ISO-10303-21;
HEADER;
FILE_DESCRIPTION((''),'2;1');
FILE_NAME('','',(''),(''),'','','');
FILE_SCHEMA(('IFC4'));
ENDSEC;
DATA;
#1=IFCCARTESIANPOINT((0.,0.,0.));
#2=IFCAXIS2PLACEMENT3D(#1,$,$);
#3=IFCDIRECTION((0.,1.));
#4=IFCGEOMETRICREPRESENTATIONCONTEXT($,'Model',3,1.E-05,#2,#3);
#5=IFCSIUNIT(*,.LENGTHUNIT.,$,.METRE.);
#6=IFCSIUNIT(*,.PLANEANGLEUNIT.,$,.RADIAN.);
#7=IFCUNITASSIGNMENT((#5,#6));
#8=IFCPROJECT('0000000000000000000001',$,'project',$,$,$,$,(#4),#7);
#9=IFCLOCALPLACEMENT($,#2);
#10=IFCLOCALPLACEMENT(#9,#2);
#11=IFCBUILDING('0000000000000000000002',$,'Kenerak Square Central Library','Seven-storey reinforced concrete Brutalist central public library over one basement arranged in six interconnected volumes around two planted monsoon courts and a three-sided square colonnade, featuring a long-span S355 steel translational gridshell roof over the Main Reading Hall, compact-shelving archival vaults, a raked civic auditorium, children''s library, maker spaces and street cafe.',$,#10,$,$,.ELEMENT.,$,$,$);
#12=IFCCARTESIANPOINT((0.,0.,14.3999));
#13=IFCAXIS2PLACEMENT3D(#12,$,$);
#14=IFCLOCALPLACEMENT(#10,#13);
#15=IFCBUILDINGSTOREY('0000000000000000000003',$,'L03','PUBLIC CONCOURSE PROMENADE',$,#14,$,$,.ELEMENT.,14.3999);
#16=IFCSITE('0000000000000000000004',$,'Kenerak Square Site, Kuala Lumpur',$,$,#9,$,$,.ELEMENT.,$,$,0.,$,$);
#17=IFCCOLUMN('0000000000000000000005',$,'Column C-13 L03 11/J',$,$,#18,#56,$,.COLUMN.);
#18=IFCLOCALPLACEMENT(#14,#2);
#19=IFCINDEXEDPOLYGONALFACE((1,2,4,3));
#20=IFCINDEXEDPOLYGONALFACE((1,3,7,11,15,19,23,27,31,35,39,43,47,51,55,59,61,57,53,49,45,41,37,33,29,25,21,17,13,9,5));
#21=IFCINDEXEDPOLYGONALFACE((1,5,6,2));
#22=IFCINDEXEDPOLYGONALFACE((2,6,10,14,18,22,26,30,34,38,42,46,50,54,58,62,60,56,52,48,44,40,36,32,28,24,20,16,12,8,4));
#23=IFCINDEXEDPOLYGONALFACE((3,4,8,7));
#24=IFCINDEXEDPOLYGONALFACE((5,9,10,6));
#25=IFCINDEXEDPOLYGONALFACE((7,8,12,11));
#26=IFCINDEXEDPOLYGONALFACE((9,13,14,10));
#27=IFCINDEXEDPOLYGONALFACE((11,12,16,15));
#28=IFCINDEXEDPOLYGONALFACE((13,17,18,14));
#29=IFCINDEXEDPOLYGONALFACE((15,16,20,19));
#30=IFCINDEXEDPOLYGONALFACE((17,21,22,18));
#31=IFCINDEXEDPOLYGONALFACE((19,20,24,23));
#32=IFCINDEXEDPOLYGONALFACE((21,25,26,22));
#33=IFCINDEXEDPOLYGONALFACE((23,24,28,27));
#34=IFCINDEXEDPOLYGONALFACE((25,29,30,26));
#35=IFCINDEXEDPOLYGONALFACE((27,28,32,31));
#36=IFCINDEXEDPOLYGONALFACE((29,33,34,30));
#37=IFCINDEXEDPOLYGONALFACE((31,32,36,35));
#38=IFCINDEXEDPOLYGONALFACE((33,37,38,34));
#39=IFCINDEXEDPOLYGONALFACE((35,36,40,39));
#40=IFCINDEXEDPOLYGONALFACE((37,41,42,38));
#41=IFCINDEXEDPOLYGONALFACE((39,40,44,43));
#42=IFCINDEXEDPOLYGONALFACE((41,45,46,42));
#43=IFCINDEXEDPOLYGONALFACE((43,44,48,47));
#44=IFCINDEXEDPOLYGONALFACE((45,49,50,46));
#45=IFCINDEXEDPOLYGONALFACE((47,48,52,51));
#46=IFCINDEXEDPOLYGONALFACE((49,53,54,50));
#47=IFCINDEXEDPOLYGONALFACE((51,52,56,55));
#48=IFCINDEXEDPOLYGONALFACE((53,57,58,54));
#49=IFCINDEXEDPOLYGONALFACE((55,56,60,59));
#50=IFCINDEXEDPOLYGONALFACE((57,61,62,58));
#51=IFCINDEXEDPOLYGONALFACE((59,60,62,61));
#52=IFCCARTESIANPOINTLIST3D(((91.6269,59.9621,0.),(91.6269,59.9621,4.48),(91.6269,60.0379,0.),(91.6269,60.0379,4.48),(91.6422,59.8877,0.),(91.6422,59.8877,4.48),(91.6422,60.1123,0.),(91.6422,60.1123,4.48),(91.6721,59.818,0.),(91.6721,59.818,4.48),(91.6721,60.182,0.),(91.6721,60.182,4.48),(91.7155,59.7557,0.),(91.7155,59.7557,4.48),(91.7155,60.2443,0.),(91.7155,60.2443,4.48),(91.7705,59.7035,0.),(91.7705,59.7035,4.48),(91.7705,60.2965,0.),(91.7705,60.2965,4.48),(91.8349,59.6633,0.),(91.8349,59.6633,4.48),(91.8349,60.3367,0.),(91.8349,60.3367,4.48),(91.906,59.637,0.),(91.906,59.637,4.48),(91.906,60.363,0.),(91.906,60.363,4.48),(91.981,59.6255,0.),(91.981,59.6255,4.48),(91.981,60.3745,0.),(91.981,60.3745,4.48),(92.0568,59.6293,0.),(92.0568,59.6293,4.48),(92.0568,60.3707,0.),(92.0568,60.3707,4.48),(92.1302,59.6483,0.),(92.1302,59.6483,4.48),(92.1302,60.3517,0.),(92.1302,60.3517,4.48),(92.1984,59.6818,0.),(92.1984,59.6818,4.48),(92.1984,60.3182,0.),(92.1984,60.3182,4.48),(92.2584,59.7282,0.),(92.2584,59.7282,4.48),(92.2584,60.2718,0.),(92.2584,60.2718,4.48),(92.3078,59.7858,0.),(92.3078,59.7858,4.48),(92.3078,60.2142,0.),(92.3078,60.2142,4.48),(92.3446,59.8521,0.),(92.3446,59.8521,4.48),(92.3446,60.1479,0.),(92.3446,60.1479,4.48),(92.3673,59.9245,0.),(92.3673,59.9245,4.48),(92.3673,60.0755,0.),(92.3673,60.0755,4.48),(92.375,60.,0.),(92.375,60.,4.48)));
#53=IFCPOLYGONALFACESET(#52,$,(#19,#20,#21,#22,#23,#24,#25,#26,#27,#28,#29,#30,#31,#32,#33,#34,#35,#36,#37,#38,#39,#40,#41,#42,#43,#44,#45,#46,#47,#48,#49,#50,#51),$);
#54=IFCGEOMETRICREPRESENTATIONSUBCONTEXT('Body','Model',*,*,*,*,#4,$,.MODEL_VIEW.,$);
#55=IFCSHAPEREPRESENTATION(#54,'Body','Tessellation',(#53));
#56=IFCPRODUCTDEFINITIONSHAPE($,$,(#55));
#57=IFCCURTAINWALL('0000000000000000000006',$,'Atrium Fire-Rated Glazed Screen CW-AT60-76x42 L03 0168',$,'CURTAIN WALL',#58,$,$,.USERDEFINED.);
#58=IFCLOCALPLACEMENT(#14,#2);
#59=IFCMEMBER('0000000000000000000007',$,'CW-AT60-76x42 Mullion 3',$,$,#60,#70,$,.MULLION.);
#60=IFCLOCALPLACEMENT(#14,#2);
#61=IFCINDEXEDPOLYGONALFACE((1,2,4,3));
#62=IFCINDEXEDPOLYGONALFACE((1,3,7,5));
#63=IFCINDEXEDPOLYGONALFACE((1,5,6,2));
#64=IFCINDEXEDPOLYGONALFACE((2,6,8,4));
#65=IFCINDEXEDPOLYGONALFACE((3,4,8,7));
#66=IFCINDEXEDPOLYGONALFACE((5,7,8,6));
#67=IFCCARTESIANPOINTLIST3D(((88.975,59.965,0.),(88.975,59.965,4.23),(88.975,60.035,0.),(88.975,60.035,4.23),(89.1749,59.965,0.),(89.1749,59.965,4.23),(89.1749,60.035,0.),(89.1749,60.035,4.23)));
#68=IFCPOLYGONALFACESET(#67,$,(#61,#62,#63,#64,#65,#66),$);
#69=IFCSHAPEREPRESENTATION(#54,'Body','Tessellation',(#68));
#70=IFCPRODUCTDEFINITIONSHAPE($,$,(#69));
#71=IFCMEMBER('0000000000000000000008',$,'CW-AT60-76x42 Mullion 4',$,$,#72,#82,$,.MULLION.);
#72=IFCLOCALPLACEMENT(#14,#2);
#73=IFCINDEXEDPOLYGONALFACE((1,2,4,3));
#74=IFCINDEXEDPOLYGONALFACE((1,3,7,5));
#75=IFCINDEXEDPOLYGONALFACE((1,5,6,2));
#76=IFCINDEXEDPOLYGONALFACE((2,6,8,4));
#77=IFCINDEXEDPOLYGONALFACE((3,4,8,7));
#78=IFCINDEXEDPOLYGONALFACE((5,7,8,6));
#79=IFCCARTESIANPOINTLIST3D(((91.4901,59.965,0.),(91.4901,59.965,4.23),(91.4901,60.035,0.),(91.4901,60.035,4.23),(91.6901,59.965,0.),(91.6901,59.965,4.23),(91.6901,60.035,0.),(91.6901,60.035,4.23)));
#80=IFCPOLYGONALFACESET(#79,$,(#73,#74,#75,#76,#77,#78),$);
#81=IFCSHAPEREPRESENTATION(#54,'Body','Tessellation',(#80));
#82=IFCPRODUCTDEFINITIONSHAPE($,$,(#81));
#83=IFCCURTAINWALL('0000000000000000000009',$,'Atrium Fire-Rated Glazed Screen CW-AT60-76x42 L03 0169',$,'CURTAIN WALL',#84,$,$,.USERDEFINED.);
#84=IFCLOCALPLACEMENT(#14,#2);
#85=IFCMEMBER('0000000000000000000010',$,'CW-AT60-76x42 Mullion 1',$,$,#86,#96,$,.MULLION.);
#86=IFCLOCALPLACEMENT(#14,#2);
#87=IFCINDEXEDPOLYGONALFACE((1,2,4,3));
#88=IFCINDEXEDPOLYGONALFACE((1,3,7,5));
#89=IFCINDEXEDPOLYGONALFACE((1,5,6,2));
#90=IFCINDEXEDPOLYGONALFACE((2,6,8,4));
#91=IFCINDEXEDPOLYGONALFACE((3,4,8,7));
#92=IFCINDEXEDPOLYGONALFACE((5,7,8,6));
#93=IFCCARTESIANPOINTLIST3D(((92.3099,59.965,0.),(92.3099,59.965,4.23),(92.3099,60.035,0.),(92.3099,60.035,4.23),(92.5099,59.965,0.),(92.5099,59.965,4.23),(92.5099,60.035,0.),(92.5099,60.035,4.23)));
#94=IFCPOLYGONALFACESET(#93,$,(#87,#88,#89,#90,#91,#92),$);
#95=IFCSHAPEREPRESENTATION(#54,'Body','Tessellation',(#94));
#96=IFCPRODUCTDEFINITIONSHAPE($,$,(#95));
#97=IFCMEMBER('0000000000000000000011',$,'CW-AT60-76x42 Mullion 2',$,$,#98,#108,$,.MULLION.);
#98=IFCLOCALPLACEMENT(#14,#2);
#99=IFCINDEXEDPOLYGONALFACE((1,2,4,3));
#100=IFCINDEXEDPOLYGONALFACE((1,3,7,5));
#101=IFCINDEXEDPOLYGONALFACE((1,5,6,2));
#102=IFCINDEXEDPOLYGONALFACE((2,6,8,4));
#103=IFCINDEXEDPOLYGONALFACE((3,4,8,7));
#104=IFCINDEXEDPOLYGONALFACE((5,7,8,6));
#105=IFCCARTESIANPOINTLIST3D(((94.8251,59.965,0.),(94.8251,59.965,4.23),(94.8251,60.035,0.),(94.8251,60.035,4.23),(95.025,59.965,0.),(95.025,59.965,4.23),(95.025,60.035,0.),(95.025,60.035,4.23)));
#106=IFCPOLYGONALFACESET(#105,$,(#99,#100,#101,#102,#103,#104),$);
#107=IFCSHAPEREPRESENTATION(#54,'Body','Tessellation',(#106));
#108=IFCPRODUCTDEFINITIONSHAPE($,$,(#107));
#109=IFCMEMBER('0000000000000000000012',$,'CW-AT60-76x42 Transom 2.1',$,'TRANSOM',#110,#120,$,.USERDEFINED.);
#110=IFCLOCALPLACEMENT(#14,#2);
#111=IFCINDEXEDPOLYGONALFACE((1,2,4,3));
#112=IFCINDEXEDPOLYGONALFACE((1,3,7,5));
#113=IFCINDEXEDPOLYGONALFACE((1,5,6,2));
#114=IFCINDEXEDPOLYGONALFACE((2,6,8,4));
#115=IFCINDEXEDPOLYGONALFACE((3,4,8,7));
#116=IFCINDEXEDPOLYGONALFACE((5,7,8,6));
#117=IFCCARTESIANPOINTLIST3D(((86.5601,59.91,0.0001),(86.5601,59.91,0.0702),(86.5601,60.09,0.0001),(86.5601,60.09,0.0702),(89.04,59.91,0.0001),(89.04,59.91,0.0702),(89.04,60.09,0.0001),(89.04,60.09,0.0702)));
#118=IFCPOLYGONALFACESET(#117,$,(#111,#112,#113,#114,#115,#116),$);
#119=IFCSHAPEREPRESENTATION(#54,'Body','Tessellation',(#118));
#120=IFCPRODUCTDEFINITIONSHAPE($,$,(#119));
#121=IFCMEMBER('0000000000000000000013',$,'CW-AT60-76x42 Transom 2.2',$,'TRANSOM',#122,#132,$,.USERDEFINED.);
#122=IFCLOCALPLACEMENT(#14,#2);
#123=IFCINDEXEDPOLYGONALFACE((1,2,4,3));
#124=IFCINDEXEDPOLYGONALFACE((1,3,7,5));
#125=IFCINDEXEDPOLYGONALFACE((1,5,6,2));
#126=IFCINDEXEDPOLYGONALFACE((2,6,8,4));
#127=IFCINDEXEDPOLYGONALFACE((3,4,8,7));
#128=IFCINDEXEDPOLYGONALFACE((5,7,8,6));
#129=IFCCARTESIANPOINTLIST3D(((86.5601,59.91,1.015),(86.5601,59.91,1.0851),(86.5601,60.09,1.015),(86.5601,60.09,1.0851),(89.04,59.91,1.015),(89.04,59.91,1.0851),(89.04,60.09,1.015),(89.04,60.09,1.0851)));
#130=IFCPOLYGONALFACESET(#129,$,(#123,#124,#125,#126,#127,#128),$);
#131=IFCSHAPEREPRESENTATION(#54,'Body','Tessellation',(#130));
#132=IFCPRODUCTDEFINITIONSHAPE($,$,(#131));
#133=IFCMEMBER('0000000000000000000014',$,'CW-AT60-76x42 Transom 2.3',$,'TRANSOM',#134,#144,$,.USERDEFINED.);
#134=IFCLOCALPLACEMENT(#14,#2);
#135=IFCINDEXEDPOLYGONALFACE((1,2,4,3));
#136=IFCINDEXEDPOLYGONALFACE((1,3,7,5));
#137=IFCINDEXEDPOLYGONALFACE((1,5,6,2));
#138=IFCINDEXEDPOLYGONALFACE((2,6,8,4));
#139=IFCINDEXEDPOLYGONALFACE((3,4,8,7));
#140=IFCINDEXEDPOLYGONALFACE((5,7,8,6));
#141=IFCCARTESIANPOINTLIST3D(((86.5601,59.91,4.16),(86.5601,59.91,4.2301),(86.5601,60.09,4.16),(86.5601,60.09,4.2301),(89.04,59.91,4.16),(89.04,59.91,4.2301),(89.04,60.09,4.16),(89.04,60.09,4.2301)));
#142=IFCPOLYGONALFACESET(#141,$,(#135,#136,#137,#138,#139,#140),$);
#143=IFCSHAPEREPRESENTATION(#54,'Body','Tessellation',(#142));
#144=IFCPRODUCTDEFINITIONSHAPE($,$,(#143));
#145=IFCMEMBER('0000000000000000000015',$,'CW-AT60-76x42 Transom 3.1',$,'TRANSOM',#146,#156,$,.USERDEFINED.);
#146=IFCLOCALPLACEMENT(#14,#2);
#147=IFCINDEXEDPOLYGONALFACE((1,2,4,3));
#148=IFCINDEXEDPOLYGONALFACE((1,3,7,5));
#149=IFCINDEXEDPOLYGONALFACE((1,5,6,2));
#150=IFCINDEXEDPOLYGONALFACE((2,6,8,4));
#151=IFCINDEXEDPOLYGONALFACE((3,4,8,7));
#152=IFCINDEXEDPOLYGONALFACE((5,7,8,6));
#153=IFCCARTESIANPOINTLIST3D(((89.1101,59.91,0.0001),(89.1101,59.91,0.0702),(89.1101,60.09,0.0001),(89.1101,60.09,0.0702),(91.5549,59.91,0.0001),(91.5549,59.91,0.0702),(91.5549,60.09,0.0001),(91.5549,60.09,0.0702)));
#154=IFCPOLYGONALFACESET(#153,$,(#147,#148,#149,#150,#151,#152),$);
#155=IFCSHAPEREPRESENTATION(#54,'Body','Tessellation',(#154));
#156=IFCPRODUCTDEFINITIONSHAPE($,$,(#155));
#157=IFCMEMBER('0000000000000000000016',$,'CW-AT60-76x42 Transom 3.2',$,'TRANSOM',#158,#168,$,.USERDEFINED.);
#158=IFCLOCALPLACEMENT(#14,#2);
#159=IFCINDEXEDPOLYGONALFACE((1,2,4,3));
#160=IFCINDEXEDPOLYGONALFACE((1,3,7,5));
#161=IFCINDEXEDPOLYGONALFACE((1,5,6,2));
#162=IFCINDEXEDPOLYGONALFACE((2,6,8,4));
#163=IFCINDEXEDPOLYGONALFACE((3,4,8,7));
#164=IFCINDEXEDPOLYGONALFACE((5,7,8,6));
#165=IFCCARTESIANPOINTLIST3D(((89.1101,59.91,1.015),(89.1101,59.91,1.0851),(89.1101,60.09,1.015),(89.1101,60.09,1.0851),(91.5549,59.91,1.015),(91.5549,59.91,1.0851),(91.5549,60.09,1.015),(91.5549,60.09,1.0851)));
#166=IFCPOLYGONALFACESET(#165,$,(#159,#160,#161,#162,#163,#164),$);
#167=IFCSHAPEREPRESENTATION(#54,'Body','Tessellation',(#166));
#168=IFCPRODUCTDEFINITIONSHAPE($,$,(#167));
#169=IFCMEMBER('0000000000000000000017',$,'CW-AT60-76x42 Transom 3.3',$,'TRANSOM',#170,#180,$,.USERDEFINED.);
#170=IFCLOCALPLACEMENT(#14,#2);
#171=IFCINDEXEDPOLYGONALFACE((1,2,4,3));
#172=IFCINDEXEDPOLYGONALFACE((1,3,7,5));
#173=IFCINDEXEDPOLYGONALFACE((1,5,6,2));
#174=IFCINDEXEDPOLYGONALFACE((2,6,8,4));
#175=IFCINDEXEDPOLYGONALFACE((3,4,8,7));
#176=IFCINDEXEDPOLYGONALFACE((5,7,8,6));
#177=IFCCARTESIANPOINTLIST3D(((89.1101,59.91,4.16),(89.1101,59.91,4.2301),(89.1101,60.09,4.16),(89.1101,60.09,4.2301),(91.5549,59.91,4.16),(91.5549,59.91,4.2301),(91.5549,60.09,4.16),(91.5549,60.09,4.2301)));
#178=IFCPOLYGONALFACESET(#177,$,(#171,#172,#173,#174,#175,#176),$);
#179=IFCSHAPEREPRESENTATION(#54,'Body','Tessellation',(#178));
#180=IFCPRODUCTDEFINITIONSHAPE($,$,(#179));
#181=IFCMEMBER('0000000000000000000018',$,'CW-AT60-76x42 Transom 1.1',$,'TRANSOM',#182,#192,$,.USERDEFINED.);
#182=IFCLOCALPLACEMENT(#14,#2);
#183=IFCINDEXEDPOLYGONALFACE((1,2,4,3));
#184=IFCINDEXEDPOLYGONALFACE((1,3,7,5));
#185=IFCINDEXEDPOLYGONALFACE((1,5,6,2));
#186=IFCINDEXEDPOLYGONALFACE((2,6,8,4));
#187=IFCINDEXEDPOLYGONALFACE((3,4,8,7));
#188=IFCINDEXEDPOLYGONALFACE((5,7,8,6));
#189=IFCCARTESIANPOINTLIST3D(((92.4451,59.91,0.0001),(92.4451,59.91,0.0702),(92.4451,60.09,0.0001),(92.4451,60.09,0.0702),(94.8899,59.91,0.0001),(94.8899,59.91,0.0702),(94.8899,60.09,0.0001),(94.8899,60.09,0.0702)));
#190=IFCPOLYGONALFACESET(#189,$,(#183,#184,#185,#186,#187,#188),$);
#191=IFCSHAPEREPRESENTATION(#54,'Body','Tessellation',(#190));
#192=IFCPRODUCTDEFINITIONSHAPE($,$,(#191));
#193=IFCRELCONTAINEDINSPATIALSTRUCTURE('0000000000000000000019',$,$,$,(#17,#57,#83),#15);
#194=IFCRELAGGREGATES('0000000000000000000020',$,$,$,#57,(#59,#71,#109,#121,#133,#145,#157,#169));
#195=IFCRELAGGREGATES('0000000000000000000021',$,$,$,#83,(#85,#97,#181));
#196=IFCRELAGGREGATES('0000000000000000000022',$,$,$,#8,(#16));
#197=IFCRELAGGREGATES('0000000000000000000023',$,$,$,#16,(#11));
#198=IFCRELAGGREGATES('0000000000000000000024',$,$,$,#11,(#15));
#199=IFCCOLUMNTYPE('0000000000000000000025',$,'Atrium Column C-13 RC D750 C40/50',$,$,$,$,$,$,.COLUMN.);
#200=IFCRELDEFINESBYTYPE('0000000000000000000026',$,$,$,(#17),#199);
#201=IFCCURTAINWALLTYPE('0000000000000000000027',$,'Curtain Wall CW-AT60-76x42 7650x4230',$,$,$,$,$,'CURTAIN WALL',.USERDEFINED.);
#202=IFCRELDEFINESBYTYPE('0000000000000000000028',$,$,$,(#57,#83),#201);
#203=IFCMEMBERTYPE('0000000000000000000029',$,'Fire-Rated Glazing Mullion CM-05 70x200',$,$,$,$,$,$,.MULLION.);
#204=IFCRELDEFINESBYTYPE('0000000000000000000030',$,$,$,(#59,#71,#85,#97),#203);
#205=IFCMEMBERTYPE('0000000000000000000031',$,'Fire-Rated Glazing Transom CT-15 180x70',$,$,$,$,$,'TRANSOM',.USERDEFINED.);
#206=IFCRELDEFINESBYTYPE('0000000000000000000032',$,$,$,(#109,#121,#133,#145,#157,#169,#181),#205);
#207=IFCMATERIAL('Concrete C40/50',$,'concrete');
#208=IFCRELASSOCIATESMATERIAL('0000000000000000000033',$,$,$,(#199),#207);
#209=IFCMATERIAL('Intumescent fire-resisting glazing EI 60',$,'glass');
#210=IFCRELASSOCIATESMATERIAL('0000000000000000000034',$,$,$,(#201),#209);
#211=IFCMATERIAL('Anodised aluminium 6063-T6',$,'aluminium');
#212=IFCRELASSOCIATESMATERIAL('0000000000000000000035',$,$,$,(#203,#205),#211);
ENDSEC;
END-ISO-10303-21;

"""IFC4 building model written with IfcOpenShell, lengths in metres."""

from ifc_helpers import new_model, si_unit, direction, frame, origin, origin_2d, place, context, subcontext, project, spatial, rectangle, circle, extrude, material, material_profile, profile_set, type_object, element, aggregate, save


model = new_model("IFC4")

# Units and contexts
model_context = context("Model", 3, precision=1e-05, world=origin(), true_north=direction((0.0, 1.0)))
body_context = subcontext(model_context, "Body", "Model", "MODEL_VIEW")
ifc_project = project(units=[si_unit("LENGTHUNIT", "METRE"), si_unit("PLANEANGLEUNIT", "RADIAN")], contexts=[model_context])

# Site, building, storey
site_placement = place(None, origin())
site = spatial("IfcSite", under=ifc_project, at=site_placement, Name="Kenerak Square Site, Kuala Lumpur", CompositionType="ELEMENT", RefElevation=0.0)
building_placement = place(site_placement, origin())
building = spatial("IfcBuilding", under=site, at=building_placement, Name="Kenerak Square Central Library", Description="Seven-storey reinforced concrete Brutalist central public library over one basement arranged in six interconnected volumes around two planted monsoon courts and a three-sided square colonnade, featuring a long-span S355 steel translational gridshell roof over the Main Reading Hall, compact-shelving archival vaults, a raked civic auditorium, children's library, maker spaces and street cafe.", CompositionType="ELEMENT")
storey_placement = place(building_placement, frame((0.0, 0.0, 14.3999)))
storey = spatial("IfcBuildingStorey", under=building, at=storey_placement, Name="L03", Description="PUBLIC CONCOURSE PROMENADE", CompositionType="ELEMENT", Elevation=14.3999)

# Column
ifc_material_1 = material(Name="Concrete C40/50", Category="concrete")
ifc_material_profile_1 = material_profile(ifc_material_1, circle(Radius=0.375, at=origin_2d()), Name="RC D750")
ifc_profile_set_1 = profile_set([ifc_material_profile_1], Name="Concrete C40/50")
column_type = type_object("IfcColumnType", Name="Atrium Column C-13 RC D750 C40/50", PredefinedType="COLUMN", material=ifc_profile_set_1)
column_placement = place(storey_placement, frame((92.0, 60.0, 0.0), z_axis=(0.0, 0.0, 1.0), x_axis=(1.0, 0.0, 0.0)))
element("IfcColumn", 1, at=column_placement, inside=storey, type_object=column_type, Name="Column C-13 L03 11/J", PredefinedType="COLUMN", context=body_context, shape_type="SweptSolid", body=[
    extrude(circle(Radius=0.375, at=origin_2d()), origin(), (0.0, 0.0, 1.0), 4.48),
])

# Curtain walls, members
ifc_material_2 = material(Name="Intumescent fire-resisting glazing EI 60", Category="glass")
curtain_wall_type = type_object("IfcCurtainWallType", Name="Curtain Wall CW-AT60-76x42 7650x4230", ElementType="CURTAIN WALL", PredefinedType="USERDEFINED", material=ifc_material_2)
curtain_wall_1_placement = place(storey_placement, origin())
curtain_wall_1 = element("IfcCurtainWall", 2, at=curtain_wall_1_placement, inside=storey, type_object=curtain_wall_type, Name="Atrium Fire-Rated Glazed Screen CW-AT60-76x42 L03 0168", ObjectType="CURTAIN WALL", PredefinedType="USERDEFINED")
ifc_material_3 = material(Name="Anodised aluminium 6063-T6", Category="aluminium")
ifc_material_profile_2 = material_profile(ifc_material_3, rectangle(XDim=0.0701, YDim=0.2, at=origin_2d()), Name="AL MULLION 70x200")
ifc_profile_set_2 = profile_set([ifc_material_profile_2], Name="Anodised aluminium 6063-T6")
member_type_1 = type_object("IfcMemberType", Name="Fire-Rated Glazing Mullion CM-05 70x200", PredefinedType="MULLION", material=ifc_profile_set_2)
member_1_placement = place(storey_placement, frame((89.075, 60.0, 0.0), z_axis=(0.0, 0.0, 1.0), x_axis=(0.0, 1.0, 0.0)))
member_1 = element("IfcMember", 3, at=member_1_placement, type_object=member_type_1, Name="CW-AT60-76x42 Mullion 3", PredefinedType="MULLION", context=body_context, shape_type="SweptSolid", body=[
    extrude(rectangle(XDim=0.0701, YDim=0.2, at=origin_2d()), origin(), (0.0, 0.0, 1.0), 4.23),
])
member_2_placement = place(storey_placement, frame((91.5901, 60.0, 0.0), z_axis=(0.0, 0.0, 1.0), x_axis=(0.0, 1.0, 0.0)))
member_2 = element("IfcMember", 4, at=member_2_placement, type_object=member_type_1, Name="CW-AT60-76x42 Mullion 4", PredefinedType="MULLION", context=body_context, shape_type="SweptSolid", body=[
    extrude(rectangle(XDim=0.0701, YDim=0.2, at=origin_2d()), origin(), (0.0, 0.0, 1.0), 4.23),
])
curtain_wall_2_placement = place(storey_placement, origin())
curtain_wall_2 = element("IfcCurtainWall", 5, at=curtain_wall_2_placement, inside=storey, type_object=curtain_wall_type, Name="Atrium Fire-Rated Glazed Screen CW-AT60-76x42 L03 0169", ObjectType="CURTAIN WALL", PredefinedType="USERDEFINED")
member_3_placement = place(storey_placement, frame((92.4099, 60.0, 0.0), z_axis=(0.0, 0.0, 1.0), x_axis=(0.0, 1.0, 0.0)))
member_3 = element("IfcMember", 6, at=member_3_placement, type_object=member_type_1, Name="CW-AT60-76x42 Mullion 1", PredefinedType="MULLION", context=body_context, shape_type="SweptSolid", body=[
    extrude(rectangle(XDim=0.0701, YDim=0.2, at=origin_2d()), origin(), (0.0, 0.0, 1.0), 4.23),
])
member_4_placement = place(storey_placement, frame((94.925, 60.0, 0.0), z_axis=(0.0, 0.0, 1.0), x_axis=(0.0, 1.0, 0.0)))
member_4 = element("IfcMember", 7, at=member_4_placement, type_object=member_type_1, Name="CW-AT60-76x42 Mullion 2", PredefinedType="MULLION", context=body_context, shape_type="SweptSolid", body=[
    extrude(rectangle(XDim=0.0701, YDim=0.2, at=origin_2d()), origin(), (0.0, 0.0, 1.0), 4.23),
])

# Members
ifc_material_profile_3 = material_profile(ifc_material_3, rectangle(XDim=0.1799, YDim=0.0701, at=origin_2d()), Name="AL TRANSOM 180x70")
ifc_profile_set_3 = profile_set([ifc_material_profile_3], Name="Anodised aluminium 6063-T6")
member_type_2 = type_object("IfcMemberType", Name="Fire-Rated Glazing Transom CT-15 180x70", ElementType="TRANSOM", PredefinedType="USERDEFINED", material=ifc_profile_set_3)
member_5_placement = place(storey_placement, frame((86.5601, 60.0, 0.0352), z_axis=(1.0, 0.0, 0.0), x_axis=(0.0, 1.0, 0.0)))
member_5 = element("IfcMember", 8, at=member_5_placement, type_object=member_type_2, Name="CW-AT60-76x42 Transom 2.1", ObjectType="TRANSOM", PredefinedType="USERDEFINED", context=body_context, shape_type="SweptSolid", body=[
    extrude(rectangle(XDim=0.1799, YDim=0.0701, at=origin_2d()), origin(), (0.0, 0.0, 1.0), 2.48),
])
member_6_placement = place(storey_placement, frame((86.5601, 60.0, 1.05), z_axis=(1.0, 0.0, 0.0), x_axis=(0.0, 1.0, 0.0)))
member_6 = element("IfcMember", 9, at=member_6_placement, type_object=member_type_2, Name="CW-AT60-76x42 Transom 2.2", ObjectType="TRANSOM", PredefinedType="USERDEFINED", context=body_context, shape_type="SweptSolid", body=[
    extrude(rectangle(XDim=0.1799, YDim=0.0701, at=origin_2d()), origin(), (0.0, 0.0, 1.0), 2.48),
])
member_7_placement = place(storey_placement, frame((86.5601, 60.0, 4.1951), z_axis=(1.0, 0.0, 0.0), x_axis=(0.0, 1.0, 0.0)))
member_7 = element("IfcMember", 10, at=member_7_placement, type_object=member_type_2, Name="CW-AT60-76x42 Transom 2.3", ObjectType="TRANSOM", PredefinedType="USERDEFINED", context=body_context, shape_type="SweptSolid", body=[
    extrude(rectangle(XDim=0.1799, YDim=0.0701, at=origin_2d()), origin(), (0.0, 0.0, 1.0), 2.48),
])
member_8_placement = place(storey_placement, frame((89.1101, 60.0, 0.0352), z_axis=(1.0, 0.0, 0.0), x_axis=(0.0, 1.0, 0.0)))
member_8 = element("IfcMember", 11, at=member_8_placement, type_object=member_type_2, Name="CW-AT60-76x42 Transom 3.1", ObjectType="TRANSOM", PredefinedType="USERDEFINED", context=body_context, shape_type="SweptSolid", body=[
    extrude(rectangle(XDim=0.1799, YDim=0.0701, at=origin_2d()), origin(), (0.0, 0.0, 1.0), 2.4448),
])
member_9_placement = place(storey_placement, frame((89.1101, 60.0, 1.05), z_axis=(1.0, 0.0, 0.0), x_axis=(0.0, 1.0, 0.0)))
member_9 = element("IfcMember", 12, at=member_9_placement, type_object=member_type_2, Name="CW-AT60-76x42 Transom 3.2", ObjectType="TRANSOM", PredefinedType="USERDEFINED", context=body_context, shape_type="SweptSolid", body=[
    extrude(rectangle(XDim=0.1799, YDim=0.0701, at=origin_2d()), origin(), (0.0, 0.0, 1.0), 2.4448),
])
member_10_placement = place(storey_placement, frame((89.1101, 60.0, 4.1951), z_axis=(1.0, 0.0, 0.0), x_axis=(0.0, 1.0, 0.0)))
member_10 = element("IfcMember", 13, at=member_10_placement, type_object=member_type_2, Name="CW-AT60-76x42 Transom 3.3", ObjectType="TRANSOM", PredefinedType="USERDEFINED", context=body_context, shape_type="SweptSolid", body=[
    extrude(rectangle(XDim=0.1799, YDim=0.0701, at=origin_2d()), origin(), (0.0, 0.0, 1.0), 2.4448),
])
member_11_placement = place(storey_placement, frame((92.4451, 60.0, 0.0352), z_axis=(1.0, 0.0, 0.0), x_axis=(0.0, 1.0, 0.0)))
member_11 = element("IfcMember", 14, at=member_11_placement, type_object=member_type_2, Name="CW-AT60-76x42 Transom 1.1", ObjectType="TRANSOM", PredefinedType="USERDEFINED", context=body_context, shape_type="SweptSolid", body=[
    extrude(rectangle(XDim=0.1799, YDim=0.0701, at=origin_2d()), origin(), (0.0, 0.0, 1.0), 2.4448),
])

aggregate(curtain_wall_1, [member_1, member_2, member_5, member_6, member_7, member_8, member_9, member_10])
aggregate(curtain_wall_2, [member_3, member_4, member_11])

save(model, "model.ifc")
